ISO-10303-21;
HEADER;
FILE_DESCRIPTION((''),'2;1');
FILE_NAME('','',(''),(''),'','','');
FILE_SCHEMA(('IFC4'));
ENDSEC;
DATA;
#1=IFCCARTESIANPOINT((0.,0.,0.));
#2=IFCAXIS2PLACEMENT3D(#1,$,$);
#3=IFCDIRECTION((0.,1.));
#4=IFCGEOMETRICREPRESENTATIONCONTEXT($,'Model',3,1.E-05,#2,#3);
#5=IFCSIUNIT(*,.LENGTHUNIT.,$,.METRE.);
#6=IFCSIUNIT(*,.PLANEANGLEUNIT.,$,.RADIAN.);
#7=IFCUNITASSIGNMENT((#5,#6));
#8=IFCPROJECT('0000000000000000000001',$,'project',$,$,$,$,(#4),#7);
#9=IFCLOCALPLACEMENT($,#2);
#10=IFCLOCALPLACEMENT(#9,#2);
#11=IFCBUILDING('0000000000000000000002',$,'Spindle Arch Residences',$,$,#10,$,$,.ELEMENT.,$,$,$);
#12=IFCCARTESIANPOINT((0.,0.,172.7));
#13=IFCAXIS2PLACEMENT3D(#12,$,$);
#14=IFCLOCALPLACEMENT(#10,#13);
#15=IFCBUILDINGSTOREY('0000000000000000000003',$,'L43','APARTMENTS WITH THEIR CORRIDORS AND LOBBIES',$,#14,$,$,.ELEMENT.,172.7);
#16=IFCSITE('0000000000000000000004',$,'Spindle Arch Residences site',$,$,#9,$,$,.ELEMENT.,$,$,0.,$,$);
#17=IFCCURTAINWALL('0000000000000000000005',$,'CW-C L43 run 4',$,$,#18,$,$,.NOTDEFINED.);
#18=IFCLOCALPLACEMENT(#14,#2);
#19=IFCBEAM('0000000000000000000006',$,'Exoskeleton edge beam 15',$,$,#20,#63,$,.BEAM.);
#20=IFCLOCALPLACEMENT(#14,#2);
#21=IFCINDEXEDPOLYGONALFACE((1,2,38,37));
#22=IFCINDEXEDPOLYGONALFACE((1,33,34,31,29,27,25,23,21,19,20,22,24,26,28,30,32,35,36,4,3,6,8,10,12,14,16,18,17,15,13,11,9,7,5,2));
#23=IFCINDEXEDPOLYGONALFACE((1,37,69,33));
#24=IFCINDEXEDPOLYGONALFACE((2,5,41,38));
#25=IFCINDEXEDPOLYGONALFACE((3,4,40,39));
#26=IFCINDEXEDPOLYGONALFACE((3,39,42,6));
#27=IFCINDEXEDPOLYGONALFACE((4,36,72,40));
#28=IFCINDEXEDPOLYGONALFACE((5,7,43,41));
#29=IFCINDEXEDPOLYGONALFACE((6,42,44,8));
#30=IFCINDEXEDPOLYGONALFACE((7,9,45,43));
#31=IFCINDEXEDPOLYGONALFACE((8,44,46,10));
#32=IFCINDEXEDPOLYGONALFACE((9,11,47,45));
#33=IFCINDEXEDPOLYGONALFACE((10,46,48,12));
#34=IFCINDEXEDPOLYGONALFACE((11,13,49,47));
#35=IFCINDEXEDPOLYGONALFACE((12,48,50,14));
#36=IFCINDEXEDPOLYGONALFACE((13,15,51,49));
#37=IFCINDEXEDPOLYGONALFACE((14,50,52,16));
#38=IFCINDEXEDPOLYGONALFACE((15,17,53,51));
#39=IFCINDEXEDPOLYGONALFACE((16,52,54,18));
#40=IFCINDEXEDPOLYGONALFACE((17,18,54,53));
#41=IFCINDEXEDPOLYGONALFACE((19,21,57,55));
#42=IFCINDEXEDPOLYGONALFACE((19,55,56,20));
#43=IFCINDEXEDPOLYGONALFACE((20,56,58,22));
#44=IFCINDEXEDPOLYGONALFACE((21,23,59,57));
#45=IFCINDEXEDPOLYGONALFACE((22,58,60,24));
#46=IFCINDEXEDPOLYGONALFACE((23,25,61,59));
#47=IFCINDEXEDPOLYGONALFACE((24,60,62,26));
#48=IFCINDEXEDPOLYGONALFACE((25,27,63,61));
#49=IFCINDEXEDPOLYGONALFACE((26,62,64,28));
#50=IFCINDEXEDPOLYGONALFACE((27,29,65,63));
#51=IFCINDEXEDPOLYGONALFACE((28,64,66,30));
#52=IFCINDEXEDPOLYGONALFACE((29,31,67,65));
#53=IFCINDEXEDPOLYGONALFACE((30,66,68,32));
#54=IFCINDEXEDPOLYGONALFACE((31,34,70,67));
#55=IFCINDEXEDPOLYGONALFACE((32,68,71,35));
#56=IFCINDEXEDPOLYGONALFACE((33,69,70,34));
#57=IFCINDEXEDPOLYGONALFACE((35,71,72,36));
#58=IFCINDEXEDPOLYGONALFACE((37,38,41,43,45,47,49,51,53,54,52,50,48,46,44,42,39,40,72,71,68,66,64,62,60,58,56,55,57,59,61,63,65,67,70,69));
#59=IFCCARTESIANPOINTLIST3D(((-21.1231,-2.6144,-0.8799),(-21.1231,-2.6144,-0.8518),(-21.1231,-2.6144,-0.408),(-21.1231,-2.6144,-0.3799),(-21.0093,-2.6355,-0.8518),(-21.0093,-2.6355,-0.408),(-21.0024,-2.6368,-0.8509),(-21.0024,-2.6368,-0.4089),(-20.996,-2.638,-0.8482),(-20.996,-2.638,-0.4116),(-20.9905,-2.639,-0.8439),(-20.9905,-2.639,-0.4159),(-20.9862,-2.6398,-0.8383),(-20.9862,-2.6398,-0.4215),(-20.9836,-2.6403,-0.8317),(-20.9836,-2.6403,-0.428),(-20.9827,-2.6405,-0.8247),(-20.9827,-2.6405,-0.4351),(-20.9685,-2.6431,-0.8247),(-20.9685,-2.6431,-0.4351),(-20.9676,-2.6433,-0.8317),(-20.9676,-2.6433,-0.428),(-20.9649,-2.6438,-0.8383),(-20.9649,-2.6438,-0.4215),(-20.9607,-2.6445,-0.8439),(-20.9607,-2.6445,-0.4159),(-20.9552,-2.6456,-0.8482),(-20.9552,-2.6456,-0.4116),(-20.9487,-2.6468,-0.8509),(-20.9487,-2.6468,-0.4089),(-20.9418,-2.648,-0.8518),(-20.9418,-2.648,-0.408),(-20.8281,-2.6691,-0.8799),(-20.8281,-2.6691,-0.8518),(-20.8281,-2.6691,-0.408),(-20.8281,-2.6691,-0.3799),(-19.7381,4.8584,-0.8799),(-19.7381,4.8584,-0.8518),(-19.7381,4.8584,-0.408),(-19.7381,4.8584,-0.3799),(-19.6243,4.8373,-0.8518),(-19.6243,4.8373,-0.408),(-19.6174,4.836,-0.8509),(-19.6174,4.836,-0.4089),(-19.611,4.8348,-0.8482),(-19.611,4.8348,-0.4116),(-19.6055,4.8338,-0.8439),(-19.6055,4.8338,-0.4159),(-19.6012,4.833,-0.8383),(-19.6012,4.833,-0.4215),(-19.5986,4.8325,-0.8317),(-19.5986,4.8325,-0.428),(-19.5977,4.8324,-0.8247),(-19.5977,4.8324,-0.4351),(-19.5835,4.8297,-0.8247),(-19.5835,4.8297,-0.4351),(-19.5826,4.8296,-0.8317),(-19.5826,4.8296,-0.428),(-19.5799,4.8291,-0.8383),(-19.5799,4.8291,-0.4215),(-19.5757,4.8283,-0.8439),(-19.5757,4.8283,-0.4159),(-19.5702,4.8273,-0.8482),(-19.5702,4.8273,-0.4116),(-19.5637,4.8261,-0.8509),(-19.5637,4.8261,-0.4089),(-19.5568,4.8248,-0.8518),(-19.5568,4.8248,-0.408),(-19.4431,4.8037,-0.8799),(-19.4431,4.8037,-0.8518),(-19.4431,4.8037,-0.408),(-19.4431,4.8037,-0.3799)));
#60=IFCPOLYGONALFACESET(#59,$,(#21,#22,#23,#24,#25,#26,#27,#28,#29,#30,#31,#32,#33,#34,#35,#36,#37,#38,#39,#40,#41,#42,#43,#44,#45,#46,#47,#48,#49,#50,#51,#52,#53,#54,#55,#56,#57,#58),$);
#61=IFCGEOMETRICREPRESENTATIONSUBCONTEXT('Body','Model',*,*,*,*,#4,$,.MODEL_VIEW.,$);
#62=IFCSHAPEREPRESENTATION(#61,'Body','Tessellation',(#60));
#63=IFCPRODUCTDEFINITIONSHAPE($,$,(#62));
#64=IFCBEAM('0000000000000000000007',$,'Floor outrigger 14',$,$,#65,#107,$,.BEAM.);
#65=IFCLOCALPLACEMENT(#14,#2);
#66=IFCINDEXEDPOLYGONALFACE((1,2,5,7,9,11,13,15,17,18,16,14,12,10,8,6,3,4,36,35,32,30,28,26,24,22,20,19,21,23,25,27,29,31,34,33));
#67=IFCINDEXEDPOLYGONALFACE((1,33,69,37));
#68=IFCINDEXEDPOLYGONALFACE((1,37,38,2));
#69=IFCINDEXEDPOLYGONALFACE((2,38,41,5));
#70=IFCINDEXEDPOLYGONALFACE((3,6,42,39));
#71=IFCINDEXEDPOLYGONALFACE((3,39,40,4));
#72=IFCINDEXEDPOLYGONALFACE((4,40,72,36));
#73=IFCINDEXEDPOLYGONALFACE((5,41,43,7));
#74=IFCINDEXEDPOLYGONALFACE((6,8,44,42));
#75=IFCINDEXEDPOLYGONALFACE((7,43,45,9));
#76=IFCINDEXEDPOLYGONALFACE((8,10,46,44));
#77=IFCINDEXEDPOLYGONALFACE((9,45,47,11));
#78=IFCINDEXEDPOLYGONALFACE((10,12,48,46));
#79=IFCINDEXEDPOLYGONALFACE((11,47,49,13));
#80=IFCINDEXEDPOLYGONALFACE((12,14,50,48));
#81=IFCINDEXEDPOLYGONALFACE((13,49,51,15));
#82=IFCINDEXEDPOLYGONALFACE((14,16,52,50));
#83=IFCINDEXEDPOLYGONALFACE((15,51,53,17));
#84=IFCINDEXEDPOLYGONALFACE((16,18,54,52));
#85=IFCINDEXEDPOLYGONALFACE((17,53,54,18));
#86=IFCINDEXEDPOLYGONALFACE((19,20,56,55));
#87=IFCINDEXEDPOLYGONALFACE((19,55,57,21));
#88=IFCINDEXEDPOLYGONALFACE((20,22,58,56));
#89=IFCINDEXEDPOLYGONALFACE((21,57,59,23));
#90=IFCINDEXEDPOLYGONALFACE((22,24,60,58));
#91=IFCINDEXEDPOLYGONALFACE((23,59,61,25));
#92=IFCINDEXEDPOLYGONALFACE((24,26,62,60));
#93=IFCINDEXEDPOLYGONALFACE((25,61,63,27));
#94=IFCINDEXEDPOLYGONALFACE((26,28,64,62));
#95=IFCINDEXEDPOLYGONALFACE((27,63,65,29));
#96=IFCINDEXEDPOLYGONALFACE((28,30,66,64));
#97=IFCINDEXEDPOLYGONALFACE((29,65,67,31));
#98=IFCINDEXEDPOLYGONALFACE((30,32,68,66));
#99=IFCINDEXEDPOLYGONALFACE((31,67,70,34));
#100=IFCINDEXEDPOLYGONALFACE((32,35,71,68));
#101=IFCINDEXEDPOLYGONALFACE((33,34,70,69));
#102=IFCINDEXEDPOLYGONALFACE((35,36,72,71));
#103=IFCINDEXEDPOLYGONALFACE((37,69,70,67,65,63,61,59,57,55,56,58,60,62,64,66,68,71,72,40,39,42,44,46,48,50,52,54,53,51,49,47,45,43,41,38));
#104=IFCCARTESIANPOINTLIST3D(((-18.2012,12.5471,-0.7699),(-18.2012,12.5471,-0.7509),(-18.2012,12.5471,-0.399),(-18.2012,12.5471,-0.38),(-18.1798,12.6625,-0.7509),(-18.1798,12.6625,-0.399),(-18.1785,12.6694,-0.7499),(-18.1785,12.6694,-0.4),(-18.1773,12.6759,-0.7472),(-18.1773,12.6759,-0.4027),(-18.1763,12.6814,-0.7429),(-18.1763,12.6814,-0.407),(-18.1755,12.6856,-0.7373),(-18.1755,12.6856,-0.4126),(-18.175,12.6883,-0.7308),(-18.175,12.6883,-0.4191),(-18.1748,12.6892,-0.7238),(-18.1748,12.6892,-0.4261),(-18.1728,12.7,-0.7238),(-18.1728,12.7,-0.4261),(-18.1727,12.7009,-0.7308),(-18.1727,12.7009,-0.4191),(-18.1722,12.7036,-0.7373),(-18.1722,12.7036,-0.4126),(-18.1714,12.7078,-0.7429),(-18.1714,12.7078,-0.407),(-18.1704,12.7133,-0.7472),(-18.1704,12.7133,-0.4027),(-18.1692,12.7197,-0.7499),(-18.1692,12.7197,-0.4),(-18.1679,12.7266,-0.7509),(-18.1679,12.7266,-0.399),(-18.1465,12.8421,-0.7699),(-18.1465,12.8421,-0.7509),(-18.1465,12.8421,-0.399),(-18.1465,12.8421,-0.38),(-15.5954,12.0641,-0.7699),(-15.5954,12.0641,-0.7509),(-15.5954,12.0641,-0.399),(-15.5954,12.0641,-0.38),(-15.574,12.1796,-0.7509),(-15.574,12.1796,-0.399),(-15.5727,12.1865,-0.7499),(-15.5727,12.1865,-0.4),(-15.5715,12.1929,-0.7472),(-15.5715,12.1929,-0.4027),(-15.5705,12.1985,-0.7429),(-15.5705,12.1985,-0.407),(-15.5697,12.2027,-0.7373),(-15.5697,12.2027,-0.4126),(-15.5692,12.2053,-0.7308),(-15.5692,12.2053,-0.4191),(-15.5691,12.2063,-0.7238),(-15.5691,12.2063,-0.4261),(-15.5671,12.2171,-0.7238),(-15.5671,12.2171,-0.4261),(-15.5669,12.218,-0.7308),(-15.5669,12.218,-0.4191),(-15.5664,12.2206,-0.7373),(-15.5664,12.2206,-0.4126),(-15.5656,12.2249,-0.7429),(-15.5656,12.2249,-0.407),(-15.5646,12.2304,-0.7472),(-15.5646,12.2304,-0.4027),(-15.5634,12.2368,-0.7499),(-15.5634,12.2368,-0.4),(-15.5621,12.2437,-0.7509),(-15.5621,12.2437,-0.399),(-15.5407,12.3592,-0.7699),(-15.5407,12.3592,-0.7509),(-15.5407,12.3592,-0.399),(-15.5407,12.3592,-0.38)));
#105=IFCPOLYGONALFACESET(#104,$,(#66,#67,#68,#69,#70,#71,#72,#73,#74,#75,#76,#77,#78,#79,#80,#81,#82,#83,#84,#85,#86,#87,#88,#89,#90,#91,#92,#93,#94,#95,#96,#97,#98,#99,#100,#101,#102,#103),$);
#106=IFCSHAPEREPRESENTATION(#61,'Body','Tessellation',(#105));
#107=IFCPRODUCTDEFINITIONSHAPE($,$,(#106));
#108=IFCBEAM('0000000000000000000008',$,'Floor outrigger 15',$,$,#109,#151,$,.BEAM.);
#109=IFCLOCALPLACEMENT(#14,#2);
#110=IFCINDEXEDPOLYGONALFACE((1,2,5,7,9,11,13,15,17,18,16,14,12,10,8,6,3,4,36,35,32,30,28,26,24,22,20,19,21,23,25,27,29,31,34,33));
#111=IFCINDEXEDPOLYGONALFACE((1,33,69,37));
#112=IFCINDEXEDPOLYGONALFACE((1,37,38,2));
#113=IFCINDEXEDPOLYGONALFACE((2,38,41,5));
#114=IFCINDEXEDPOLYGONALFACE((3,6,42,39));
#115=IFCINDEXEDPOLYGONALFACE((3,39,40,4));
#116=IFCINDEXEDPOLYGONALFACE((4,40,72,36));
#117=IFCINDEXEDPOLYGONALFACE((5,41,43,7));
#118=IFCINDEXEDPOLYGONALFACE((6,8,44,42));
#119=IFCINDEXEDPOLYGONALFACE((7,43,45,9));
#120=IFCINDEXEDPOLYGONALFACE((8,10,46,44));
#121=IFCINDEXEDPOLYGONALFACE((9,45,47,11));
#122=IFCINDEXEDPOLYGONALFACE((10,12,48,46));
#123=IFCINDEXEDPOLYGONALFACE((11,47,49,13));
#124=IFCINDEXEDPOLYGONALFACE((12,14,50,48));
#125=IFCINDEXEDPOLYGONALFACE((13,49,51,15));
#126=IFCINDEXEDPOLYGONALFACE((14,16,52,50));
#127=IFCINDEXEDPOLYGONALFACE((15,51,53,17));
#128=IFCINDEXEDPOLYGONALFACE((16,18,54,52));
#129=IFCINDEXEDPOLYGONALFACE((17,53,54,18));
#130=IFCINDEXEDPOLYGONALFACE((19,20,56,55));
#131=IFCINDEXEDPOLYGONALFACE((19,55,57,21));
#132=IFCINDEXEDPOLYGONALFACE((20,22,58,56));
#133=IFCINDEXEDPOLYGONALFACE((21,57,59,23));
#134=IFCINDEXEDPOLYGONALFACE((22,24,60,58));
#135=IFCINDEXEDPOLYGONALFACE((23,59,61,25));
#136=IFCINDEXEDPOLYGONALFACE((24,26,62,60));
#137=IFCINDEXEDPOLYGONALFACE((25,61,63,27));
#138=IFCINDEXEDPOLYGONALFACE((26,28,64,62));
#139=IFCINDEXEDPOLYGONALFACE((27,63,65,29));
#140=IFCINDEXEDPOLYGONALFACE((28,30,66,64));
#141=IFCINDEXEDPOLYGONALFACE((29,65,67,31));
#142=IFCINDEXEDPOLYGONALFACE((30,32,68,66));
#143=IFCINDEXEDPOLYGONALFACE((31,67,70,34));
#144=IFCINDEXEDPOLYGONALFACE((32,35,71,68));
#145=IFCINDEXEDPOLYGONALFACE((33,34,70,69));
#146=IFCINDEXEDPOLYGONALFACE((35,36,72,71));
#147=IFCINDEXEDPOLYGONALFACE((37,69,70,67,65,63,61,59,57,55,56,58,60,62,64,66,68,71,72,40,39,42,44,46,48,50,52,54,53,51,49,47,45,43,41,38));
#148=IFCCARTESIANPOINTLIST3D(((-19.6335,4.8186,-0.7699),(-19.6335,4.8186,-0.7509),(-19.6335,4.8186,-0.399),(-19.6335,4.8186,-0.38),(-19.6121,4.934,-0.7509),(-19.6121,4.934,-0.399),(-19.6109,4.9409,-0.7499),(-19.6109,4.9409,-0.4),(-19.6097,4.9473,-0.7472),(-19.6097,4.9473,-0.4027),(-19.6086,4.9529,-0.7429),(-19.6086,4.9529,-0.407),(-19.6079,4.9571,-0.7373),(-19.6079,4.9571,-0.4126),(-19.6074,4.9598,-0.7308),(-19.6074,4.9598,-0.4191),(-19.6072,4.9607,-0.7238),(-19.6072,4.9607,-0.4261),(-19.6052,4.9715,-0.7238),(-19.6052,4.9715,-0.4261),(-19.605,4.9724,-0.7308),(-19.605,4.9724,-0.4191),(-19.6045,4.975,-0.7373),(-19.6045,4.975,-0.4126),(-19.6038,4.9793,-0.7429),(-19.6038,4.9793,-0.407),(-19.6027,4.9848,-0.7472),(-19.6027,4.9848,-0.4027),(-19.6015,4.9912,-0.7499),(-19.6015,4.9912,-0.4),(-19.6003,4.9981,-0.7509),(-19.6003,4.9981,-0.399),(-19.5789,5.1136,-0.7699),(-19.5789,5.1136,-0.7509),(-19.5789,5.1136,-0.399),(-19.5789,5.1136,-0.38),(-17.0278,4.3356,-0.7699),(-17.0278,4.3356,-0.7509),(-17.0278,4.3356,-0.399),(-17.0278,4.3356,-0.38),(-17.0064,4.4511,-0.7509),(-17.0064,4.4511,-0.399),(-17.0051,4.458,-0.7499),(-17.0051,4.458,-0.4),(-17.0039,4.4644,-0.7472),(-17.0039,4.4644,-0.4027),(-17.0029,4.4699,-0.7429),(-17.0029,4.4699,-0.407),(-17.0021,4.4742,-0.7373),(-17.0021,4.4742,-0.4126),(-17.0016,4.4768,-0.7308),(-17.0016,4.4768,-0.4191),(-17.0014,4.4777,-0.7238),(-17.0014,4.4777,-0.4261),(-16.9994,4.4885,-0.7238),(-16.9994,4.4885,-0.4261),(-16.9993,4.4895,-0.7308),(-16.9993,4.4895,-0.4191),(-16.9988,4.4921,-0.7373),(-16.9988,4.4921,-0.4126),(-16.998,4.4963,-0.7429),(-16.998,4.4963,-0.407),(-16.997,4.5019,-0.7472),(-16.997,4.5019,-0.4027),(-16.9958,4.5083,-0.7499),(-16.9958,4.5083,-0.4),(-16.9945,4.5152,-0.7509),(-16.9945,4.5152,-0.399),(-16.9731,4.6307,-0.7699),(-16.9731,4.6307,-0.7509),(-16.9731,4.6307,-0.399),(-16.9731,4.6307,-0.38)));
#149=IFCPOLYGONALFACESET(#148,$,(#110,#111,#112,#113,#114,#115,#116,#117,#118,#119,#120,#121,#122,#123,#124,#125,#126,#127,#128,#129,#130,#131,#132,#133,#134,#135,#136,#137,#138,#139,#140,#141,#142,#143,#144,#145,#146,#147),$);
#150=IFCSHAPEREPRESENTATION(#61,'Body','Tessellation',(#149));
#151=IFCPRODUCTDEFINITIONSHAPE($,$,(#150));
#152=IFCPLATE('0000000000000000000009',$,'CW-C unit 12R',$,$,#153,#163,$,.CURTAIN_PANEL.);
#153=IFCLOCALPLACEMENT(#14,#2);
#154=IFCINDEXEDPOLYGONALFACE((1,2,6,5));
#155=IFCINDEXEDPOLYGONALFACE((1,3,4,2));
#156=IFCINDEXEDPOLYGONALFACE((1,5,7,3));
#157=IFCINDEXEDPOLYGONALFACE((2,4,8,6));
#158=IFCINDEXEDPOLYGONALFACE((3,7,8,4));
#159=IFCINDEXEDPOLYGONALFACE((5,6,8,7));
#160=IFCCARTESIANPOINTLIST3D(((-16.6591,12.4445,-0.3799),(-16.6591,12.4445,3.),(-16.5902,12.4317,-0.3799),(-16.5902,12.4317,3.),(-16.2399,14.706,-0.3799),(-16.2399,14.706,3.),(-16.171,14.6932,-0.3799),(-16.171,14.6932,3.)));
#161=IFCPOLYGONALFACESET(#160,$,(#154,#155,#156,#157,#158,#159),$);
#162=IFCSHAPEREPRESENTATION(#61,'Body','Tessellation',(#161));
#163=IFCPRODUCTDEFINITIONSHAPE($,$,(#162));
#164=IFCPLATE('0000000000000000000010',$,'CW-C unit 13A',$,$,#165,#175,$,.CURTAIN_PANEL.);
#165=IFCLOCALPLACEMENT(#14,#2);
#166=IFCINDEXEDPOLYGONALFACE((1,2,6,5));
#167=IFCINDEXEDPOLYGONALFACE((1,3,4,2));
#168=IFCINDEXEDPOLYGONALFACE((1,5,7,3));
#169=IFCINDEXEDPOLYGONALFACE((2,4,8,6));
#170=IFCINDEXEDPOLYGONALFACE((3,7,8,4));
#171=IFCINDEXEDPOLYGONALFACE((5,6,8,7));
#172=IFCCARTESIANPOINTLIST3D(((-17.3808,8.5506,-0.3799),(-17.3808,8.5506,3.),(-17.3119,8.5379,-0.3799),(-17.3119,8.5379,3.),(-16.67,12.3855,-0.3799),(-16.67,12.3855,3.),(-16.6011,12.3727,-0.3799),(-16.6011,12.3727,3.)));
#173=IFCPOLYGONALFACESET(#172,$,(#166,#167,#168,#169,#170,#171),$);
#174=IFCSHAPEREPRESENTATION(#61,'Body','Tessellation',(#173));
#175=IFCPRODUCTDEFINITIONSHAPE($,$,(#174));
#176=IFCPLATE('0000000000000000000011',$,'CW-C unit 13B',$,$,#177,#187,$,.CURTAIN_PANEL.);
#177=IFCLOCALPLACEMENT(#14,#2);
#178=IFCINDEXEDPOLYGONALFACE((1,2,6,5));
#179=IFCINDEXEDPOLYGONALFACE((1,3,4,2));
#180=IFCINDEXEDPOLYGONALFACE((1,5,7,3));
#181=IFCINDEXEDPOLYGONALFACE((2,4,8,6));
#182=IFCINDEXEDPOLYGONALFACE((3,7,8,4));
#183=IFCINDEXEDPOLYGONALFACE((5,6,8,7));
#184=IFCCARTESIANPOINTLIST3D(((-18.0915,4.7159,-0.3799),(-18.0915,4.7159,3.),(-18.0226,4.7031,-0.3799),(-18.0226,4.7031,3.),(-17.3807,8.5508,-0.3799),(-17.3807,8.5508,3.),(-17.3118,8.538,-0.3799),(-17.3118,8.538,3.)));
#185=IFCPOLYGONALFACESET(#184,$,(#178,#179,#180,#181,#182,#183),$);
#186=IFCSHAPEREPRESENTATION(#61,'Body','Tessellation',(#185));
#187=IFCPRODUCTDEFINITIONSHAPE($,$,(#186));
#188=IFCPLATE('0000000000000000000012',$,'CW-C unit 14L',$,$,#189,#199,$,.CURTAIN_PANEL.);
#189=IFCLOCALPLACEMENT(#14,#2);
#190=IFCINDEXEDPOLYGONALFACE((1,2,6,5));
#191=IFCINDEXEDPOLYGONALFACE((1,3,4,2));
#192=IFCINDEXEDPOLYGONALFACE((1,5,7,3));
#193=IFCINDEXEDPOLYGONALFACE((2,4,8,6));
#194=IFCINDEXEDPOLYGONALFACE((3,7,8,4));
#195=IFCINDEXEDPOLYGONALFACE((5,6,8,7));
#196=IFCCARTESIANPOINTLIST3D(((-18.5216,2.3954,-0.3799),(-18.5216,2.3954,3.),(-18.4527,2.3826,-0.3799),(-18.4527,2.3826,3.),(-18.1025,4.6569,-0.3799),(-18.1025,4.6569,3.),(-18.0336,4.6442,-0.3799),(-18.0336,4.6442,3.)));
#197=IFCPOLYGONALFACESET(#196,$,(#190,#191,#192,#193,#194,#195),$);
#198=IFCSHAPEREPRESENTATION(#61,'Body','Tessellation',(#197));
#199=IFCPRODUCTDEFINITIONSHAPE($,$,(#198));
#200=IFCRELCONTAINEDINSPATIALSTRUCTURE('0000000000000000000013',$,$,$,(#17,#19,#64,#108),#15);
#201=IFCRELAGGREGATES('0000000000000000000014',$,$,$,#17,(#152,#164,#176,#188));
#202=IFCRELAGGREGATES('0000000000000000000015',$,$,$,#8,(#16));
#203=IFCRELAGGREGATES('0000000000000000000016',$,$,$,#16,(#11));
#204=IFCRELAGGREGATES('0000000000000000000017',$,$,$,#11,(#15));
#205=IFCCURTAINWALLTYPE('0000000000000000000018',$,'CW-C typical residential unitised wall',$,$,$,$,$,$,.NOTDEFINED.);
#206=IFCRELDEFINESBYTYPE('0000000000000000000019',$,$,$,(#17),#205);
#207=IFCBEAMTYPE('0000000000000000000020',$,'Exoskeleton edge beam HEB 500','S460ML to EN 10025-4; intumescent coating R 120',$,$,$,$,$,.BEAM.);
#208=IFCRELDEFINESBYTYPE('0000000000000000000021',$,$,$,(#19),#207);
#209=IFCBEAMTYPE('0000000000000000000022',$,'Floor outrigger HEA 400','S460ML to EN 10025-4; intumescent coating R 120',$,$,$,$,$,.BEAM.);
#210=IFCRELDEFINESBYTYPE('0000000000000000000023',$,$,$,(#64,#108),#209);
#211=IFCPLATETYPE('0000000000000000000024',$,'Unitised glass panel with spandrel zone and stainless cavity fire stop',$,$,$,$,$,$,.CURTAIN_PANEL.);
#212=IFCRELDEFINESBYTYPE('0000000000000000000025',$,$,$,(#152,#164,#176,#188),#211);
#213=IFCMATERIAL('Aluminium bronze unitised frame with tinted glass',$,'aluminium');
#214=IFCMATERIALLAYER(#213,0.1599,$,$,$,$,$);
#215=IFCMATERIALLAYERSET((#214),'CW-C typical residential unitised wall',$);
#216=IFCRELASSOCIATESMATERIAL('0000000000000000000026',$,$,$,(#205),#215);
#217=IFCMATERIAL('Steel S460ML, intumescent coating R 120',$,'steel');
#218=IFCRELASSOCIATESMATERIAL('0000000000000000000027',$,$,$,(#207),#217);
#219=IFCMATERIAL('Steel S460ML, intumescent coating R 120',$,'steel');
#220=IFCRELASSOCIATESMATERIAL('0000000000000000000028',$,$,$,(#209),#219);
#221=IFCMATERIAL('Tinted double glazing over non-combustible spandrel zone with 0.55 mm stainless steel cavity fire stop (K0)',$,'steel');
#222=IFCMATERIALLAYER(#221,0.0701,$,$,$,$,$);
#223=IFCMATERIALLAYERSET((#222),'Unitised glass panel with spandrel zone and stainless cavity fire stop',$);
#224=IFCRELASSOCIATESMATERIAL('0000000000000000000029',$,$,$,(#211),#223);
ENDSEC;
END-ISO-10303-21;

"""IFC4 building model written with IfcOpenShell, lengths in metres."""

from ifc_helpers import new_model, si_unit, direction, frame, origin, origin_2d, place, context, subcontext, project, spatial, rectangle, i_section, extrude, material, layer, layer_set, material_profile, profile_set, type_object, element, aggregate, save


model = new_model("IFC4")

# Units and contexts
model_context = context("Model", 3, precision=1e-05, world=origin(), true_north=direction((0.0, 1.0)))
body_context = subcontext(model_context, "Body", "Model", "MODEL_VIEW")
ifc_project = project(units=[si_unit("LENGTHUNIT", "METRE"), si_unit("PLANEANGLEUNIT", "RADIAN")], contexts=[model_context])

# Site, building, storey
site_placement = place(None, origin())
site = spatial("IfcSite", under=ifc_project, at=site_placement, Name="Spindle Arch Residences site", CompositionType="ELEMENT", RefElevation=0.0)
building_placement = place(site_placement, origin())
building = spatial("IfcBuilding", under=site, at=building_placement, Name="Spindle Arch Residences", CompositionType="ELEMENT")
storey_placement = place(building_placement, frame((0.0, 0.0, 172.7)))
storey = spatial("IfcBuildingStorey", under=building, at=storey_placement, Name="L43", Description="APARTMENTS WITH THEIR CORRIDORS AND LOBBIES", CompositionType="ELEMENT", Elevation=172.7)

# Curtain wall
ifc_material_1 = material(Name="Aluminium bronze unitised frame with tinted glass", Category="aluminium")
ifc_layer_1 = layer(ifc_material_1, 0.1599)
ifc_layer_set_1 = layer_set([ifc_layer_1], Name="CW-C typical residential unitised wall")
curtain_wall_type = type_object("IfcCurtainWallType", Name="CW-C typical residential unitised wall", PredefinedType="NOTDEFINED", material=ifc_layer_set_1)
curtain_wall_placement = place(storey_placement, origin())
curtain_wall = element("IfcCurtainWall", 1, at=curtain_wall_placement, inside=storey, type_object=curtain_wall_type, Name="CW-C L43 run 4", PredefinedType="NOTDEFINED")

# Beams
ifc_material_2 = material(Name="Steel S460ML, intumescent coating R 120", Category="steel")
ifc_material_profile_1 = material_profile(ifc_material_2, i_section(OverallWidth=0.3, OverallDepth=0.5, WebThickness=0.0144, FlangeThickness=0.0281, FilletRadius=0.0271, at=origin_2d()), Name="HEB 500")
ifc_profile_set_1 = profile_set([ifc_material_profile_1], Name="Steel S460ML, intumescent coating R 120")
beam_type_1 = type_object("IfcBeamType", Name="Exoskeleton edge beam HEB 500", Description="S460ML to EN 10025-4; intumescent coating R 120", PredefinedType="BEAM", material=ifc_profile_set_1)
for number, where, z_axis, x_axis, name in (
    (2, (-19.5906, 4.8311, -0.6299), (-0.182234, -0.983255, 0.0), (0.983255, -0.182234, 0.0), "Exoskeleton edge beam 15"),
):
    element("IfcBeam", number, at=place(storey_placement, frame(where, z_axis=z_axis, x_axis=x_axis)), inside=storey, type_object=beam_type_1, Name=name, PredefinedType="BEAM", context=body_context, shape_type="SweptSolid", body=[
        extrude(i_section(OverallWidth=0.3, OverallDepth=0.5, WebThickness=0.0144, FlangeThickness=0.0281, FilletRadius=0.0271, at=origin_2d()), origin(), (0.0, 0.0, 1.0), 7.6001),
    ])
ifc_material_3 = material(Name="Steel S460ML, intumescent coating R 120", Category="steel")
ifc_material_profile_2 = material_profile(ifc_material_3, i_section(OverallWidth=0.3, OverallDepth=0.3899, WebThickness=0.011, FlangeThickness=0.019, FilletRadius=0.0271, at=origin_2d()), Name="HEA 400")
ifc_profile_set_2 = profile_set([ifc_material_profile_2], Name="Steel S460ML, intumescent coating R 120")
beam_type_2 = type_object("IfcBeamType", Name="Floor outrigger HEA 400", Description="S460ML to EN 10025-4; intumescent coating R 120", PredefinedType="BEAM", material=ifc_profile_set_2)
for number, where, z_axis, x_axis, name in (
    (3, (-18.1738, 12.6946, -0.575), (0.983257, -0.182225, 0.0), (0.182225, 0.983257, 0.0), "Floor outrigger 14"),
    (4, (-19.6062, 4.9661, -0.575), (0.983257, -0.182225, 0.0), (0.182225, 0.983257, 0.0), "Floor outrigger 15"),
):
    element("IfcBeam", number, at=place(storey_placement, frame(where, z_axis=z_axis, x_axis=x_axis)), inside=storey, type_object=beam_type_2, Name=name, PredefinedType="BEAM", context=body_context, shape_type="SweptSolid", body=[
        extrude(i_section(OverallWidth=0.3, OverallDepth=0.3899, WebThickness=0.011, FlangeThickness=0.019, FilletRadius=0.0271, at=origin_2d()), origin(), (0.0, 0.0, 1.0), 2.6501),
    ])

# Plates
ifc_material_4 = material(Name="Tinted double glazing over non-combustible spandrel zone with 0.55 mm stainless steel cavity fire stop (K0)", Category="steel")
ifc_layer_2 = layer(ifc_material_4, 0.0701)
ifc_layer_set_2 = layer_set([ifc_layer_2], Name="Unitised glass panel with spandrel zone and stainless cavity fire stop")
plate_type = type_object("IfcPlateType", Name="Unitised glass panel with spandrel zone and stainless cavity fire stop", PredefinedType="CURTAIN_PANEL", material=ifc_layer_set_2)
plate_1_placement = place(storey_placement, frame((-16.415, 13.5688, -0.3799), z_axis=(0.0, 0.0, 1.0), x_axis=(-0.182236, -0.983255, 0.0)))
plate_1 = element("IfcPlate", 5, at=plate_1_placement, type_object=plate_type, Name="CW-C unit 12R", PredefinedType="CURTAIN_PANEL", context=body_context, shape_type="SweptSolid", body=[
    extrude(rectangle(XDim=2.3, YDim=0.0701, at=origin_2d()), origin(), (0.0, 0.0, 1.0), 3.3799),
])
plate_2_placement = place(storey_placement, frame((-16.991, 10.4617, -0.3799), z_axis=(0.0, 0.0, 1.0), x_axis=(-0.182236, -0.983255, 0.0)))
plate_2 = element("IfcPlate", 6, at=plate_2_placement, type_object=plate_type, Name="CW-C unit 13A", PredefinedType="CURTAIN_PANEL", context=body_context, shape_type="SweptSolid", body=[
    extrude(rectangle(XDim=3.9001, YDim=0.0701, at=origin_2d()), origin(), (0.0, 0.0, 1.0), 3.3799),
])
plate_3_placement = place(storey_placement, frame((-17.7017, 6.627, -0.3799), z_axis=(0.0, 0.0, 1.0), x_axis=(-0.182236, -0.983255, 0.0)))
plate_3 = element("IfcPlate", 7, at=plate_3_placement, type_object=plate_type, Name="CW-C unit 13B", PredefinedType="CURTAIN_PANEL", context=body_context, shape_type="SweptSolid", body=[
    extrude(rectangle(XDim=3.9001, YDim=0.0701, at=origin_2d()), origin(), (0.0, 0.0, 1.0), 3.3799),
])
plate_4_placement = place(storey_placement, frame((-18.2776, 3.5198, -0.3799), z_axis=(0.0, 0.0, 1.0), x_axis=(-0.182236, -0.983255, 0.0)))
plate_4 = element("IfcPlate", 8, at=plate_4_placement, type_object=plate_type, Name="CW-C unit 14L", PredefinedType="CURTAIN_PANEL", context=body_context, shape_type="SweptSolid", body=[
    extrude(rectangle(XDim=2.3, YDim=0.0701, at=origin_2d()), origin(), (0.0, 0.0, 1.0), 3.3799),
])
aggregate(curtain_wall, [plate_1, plate_2, plate_3, plate_4])

save(model, "model.ifc")
